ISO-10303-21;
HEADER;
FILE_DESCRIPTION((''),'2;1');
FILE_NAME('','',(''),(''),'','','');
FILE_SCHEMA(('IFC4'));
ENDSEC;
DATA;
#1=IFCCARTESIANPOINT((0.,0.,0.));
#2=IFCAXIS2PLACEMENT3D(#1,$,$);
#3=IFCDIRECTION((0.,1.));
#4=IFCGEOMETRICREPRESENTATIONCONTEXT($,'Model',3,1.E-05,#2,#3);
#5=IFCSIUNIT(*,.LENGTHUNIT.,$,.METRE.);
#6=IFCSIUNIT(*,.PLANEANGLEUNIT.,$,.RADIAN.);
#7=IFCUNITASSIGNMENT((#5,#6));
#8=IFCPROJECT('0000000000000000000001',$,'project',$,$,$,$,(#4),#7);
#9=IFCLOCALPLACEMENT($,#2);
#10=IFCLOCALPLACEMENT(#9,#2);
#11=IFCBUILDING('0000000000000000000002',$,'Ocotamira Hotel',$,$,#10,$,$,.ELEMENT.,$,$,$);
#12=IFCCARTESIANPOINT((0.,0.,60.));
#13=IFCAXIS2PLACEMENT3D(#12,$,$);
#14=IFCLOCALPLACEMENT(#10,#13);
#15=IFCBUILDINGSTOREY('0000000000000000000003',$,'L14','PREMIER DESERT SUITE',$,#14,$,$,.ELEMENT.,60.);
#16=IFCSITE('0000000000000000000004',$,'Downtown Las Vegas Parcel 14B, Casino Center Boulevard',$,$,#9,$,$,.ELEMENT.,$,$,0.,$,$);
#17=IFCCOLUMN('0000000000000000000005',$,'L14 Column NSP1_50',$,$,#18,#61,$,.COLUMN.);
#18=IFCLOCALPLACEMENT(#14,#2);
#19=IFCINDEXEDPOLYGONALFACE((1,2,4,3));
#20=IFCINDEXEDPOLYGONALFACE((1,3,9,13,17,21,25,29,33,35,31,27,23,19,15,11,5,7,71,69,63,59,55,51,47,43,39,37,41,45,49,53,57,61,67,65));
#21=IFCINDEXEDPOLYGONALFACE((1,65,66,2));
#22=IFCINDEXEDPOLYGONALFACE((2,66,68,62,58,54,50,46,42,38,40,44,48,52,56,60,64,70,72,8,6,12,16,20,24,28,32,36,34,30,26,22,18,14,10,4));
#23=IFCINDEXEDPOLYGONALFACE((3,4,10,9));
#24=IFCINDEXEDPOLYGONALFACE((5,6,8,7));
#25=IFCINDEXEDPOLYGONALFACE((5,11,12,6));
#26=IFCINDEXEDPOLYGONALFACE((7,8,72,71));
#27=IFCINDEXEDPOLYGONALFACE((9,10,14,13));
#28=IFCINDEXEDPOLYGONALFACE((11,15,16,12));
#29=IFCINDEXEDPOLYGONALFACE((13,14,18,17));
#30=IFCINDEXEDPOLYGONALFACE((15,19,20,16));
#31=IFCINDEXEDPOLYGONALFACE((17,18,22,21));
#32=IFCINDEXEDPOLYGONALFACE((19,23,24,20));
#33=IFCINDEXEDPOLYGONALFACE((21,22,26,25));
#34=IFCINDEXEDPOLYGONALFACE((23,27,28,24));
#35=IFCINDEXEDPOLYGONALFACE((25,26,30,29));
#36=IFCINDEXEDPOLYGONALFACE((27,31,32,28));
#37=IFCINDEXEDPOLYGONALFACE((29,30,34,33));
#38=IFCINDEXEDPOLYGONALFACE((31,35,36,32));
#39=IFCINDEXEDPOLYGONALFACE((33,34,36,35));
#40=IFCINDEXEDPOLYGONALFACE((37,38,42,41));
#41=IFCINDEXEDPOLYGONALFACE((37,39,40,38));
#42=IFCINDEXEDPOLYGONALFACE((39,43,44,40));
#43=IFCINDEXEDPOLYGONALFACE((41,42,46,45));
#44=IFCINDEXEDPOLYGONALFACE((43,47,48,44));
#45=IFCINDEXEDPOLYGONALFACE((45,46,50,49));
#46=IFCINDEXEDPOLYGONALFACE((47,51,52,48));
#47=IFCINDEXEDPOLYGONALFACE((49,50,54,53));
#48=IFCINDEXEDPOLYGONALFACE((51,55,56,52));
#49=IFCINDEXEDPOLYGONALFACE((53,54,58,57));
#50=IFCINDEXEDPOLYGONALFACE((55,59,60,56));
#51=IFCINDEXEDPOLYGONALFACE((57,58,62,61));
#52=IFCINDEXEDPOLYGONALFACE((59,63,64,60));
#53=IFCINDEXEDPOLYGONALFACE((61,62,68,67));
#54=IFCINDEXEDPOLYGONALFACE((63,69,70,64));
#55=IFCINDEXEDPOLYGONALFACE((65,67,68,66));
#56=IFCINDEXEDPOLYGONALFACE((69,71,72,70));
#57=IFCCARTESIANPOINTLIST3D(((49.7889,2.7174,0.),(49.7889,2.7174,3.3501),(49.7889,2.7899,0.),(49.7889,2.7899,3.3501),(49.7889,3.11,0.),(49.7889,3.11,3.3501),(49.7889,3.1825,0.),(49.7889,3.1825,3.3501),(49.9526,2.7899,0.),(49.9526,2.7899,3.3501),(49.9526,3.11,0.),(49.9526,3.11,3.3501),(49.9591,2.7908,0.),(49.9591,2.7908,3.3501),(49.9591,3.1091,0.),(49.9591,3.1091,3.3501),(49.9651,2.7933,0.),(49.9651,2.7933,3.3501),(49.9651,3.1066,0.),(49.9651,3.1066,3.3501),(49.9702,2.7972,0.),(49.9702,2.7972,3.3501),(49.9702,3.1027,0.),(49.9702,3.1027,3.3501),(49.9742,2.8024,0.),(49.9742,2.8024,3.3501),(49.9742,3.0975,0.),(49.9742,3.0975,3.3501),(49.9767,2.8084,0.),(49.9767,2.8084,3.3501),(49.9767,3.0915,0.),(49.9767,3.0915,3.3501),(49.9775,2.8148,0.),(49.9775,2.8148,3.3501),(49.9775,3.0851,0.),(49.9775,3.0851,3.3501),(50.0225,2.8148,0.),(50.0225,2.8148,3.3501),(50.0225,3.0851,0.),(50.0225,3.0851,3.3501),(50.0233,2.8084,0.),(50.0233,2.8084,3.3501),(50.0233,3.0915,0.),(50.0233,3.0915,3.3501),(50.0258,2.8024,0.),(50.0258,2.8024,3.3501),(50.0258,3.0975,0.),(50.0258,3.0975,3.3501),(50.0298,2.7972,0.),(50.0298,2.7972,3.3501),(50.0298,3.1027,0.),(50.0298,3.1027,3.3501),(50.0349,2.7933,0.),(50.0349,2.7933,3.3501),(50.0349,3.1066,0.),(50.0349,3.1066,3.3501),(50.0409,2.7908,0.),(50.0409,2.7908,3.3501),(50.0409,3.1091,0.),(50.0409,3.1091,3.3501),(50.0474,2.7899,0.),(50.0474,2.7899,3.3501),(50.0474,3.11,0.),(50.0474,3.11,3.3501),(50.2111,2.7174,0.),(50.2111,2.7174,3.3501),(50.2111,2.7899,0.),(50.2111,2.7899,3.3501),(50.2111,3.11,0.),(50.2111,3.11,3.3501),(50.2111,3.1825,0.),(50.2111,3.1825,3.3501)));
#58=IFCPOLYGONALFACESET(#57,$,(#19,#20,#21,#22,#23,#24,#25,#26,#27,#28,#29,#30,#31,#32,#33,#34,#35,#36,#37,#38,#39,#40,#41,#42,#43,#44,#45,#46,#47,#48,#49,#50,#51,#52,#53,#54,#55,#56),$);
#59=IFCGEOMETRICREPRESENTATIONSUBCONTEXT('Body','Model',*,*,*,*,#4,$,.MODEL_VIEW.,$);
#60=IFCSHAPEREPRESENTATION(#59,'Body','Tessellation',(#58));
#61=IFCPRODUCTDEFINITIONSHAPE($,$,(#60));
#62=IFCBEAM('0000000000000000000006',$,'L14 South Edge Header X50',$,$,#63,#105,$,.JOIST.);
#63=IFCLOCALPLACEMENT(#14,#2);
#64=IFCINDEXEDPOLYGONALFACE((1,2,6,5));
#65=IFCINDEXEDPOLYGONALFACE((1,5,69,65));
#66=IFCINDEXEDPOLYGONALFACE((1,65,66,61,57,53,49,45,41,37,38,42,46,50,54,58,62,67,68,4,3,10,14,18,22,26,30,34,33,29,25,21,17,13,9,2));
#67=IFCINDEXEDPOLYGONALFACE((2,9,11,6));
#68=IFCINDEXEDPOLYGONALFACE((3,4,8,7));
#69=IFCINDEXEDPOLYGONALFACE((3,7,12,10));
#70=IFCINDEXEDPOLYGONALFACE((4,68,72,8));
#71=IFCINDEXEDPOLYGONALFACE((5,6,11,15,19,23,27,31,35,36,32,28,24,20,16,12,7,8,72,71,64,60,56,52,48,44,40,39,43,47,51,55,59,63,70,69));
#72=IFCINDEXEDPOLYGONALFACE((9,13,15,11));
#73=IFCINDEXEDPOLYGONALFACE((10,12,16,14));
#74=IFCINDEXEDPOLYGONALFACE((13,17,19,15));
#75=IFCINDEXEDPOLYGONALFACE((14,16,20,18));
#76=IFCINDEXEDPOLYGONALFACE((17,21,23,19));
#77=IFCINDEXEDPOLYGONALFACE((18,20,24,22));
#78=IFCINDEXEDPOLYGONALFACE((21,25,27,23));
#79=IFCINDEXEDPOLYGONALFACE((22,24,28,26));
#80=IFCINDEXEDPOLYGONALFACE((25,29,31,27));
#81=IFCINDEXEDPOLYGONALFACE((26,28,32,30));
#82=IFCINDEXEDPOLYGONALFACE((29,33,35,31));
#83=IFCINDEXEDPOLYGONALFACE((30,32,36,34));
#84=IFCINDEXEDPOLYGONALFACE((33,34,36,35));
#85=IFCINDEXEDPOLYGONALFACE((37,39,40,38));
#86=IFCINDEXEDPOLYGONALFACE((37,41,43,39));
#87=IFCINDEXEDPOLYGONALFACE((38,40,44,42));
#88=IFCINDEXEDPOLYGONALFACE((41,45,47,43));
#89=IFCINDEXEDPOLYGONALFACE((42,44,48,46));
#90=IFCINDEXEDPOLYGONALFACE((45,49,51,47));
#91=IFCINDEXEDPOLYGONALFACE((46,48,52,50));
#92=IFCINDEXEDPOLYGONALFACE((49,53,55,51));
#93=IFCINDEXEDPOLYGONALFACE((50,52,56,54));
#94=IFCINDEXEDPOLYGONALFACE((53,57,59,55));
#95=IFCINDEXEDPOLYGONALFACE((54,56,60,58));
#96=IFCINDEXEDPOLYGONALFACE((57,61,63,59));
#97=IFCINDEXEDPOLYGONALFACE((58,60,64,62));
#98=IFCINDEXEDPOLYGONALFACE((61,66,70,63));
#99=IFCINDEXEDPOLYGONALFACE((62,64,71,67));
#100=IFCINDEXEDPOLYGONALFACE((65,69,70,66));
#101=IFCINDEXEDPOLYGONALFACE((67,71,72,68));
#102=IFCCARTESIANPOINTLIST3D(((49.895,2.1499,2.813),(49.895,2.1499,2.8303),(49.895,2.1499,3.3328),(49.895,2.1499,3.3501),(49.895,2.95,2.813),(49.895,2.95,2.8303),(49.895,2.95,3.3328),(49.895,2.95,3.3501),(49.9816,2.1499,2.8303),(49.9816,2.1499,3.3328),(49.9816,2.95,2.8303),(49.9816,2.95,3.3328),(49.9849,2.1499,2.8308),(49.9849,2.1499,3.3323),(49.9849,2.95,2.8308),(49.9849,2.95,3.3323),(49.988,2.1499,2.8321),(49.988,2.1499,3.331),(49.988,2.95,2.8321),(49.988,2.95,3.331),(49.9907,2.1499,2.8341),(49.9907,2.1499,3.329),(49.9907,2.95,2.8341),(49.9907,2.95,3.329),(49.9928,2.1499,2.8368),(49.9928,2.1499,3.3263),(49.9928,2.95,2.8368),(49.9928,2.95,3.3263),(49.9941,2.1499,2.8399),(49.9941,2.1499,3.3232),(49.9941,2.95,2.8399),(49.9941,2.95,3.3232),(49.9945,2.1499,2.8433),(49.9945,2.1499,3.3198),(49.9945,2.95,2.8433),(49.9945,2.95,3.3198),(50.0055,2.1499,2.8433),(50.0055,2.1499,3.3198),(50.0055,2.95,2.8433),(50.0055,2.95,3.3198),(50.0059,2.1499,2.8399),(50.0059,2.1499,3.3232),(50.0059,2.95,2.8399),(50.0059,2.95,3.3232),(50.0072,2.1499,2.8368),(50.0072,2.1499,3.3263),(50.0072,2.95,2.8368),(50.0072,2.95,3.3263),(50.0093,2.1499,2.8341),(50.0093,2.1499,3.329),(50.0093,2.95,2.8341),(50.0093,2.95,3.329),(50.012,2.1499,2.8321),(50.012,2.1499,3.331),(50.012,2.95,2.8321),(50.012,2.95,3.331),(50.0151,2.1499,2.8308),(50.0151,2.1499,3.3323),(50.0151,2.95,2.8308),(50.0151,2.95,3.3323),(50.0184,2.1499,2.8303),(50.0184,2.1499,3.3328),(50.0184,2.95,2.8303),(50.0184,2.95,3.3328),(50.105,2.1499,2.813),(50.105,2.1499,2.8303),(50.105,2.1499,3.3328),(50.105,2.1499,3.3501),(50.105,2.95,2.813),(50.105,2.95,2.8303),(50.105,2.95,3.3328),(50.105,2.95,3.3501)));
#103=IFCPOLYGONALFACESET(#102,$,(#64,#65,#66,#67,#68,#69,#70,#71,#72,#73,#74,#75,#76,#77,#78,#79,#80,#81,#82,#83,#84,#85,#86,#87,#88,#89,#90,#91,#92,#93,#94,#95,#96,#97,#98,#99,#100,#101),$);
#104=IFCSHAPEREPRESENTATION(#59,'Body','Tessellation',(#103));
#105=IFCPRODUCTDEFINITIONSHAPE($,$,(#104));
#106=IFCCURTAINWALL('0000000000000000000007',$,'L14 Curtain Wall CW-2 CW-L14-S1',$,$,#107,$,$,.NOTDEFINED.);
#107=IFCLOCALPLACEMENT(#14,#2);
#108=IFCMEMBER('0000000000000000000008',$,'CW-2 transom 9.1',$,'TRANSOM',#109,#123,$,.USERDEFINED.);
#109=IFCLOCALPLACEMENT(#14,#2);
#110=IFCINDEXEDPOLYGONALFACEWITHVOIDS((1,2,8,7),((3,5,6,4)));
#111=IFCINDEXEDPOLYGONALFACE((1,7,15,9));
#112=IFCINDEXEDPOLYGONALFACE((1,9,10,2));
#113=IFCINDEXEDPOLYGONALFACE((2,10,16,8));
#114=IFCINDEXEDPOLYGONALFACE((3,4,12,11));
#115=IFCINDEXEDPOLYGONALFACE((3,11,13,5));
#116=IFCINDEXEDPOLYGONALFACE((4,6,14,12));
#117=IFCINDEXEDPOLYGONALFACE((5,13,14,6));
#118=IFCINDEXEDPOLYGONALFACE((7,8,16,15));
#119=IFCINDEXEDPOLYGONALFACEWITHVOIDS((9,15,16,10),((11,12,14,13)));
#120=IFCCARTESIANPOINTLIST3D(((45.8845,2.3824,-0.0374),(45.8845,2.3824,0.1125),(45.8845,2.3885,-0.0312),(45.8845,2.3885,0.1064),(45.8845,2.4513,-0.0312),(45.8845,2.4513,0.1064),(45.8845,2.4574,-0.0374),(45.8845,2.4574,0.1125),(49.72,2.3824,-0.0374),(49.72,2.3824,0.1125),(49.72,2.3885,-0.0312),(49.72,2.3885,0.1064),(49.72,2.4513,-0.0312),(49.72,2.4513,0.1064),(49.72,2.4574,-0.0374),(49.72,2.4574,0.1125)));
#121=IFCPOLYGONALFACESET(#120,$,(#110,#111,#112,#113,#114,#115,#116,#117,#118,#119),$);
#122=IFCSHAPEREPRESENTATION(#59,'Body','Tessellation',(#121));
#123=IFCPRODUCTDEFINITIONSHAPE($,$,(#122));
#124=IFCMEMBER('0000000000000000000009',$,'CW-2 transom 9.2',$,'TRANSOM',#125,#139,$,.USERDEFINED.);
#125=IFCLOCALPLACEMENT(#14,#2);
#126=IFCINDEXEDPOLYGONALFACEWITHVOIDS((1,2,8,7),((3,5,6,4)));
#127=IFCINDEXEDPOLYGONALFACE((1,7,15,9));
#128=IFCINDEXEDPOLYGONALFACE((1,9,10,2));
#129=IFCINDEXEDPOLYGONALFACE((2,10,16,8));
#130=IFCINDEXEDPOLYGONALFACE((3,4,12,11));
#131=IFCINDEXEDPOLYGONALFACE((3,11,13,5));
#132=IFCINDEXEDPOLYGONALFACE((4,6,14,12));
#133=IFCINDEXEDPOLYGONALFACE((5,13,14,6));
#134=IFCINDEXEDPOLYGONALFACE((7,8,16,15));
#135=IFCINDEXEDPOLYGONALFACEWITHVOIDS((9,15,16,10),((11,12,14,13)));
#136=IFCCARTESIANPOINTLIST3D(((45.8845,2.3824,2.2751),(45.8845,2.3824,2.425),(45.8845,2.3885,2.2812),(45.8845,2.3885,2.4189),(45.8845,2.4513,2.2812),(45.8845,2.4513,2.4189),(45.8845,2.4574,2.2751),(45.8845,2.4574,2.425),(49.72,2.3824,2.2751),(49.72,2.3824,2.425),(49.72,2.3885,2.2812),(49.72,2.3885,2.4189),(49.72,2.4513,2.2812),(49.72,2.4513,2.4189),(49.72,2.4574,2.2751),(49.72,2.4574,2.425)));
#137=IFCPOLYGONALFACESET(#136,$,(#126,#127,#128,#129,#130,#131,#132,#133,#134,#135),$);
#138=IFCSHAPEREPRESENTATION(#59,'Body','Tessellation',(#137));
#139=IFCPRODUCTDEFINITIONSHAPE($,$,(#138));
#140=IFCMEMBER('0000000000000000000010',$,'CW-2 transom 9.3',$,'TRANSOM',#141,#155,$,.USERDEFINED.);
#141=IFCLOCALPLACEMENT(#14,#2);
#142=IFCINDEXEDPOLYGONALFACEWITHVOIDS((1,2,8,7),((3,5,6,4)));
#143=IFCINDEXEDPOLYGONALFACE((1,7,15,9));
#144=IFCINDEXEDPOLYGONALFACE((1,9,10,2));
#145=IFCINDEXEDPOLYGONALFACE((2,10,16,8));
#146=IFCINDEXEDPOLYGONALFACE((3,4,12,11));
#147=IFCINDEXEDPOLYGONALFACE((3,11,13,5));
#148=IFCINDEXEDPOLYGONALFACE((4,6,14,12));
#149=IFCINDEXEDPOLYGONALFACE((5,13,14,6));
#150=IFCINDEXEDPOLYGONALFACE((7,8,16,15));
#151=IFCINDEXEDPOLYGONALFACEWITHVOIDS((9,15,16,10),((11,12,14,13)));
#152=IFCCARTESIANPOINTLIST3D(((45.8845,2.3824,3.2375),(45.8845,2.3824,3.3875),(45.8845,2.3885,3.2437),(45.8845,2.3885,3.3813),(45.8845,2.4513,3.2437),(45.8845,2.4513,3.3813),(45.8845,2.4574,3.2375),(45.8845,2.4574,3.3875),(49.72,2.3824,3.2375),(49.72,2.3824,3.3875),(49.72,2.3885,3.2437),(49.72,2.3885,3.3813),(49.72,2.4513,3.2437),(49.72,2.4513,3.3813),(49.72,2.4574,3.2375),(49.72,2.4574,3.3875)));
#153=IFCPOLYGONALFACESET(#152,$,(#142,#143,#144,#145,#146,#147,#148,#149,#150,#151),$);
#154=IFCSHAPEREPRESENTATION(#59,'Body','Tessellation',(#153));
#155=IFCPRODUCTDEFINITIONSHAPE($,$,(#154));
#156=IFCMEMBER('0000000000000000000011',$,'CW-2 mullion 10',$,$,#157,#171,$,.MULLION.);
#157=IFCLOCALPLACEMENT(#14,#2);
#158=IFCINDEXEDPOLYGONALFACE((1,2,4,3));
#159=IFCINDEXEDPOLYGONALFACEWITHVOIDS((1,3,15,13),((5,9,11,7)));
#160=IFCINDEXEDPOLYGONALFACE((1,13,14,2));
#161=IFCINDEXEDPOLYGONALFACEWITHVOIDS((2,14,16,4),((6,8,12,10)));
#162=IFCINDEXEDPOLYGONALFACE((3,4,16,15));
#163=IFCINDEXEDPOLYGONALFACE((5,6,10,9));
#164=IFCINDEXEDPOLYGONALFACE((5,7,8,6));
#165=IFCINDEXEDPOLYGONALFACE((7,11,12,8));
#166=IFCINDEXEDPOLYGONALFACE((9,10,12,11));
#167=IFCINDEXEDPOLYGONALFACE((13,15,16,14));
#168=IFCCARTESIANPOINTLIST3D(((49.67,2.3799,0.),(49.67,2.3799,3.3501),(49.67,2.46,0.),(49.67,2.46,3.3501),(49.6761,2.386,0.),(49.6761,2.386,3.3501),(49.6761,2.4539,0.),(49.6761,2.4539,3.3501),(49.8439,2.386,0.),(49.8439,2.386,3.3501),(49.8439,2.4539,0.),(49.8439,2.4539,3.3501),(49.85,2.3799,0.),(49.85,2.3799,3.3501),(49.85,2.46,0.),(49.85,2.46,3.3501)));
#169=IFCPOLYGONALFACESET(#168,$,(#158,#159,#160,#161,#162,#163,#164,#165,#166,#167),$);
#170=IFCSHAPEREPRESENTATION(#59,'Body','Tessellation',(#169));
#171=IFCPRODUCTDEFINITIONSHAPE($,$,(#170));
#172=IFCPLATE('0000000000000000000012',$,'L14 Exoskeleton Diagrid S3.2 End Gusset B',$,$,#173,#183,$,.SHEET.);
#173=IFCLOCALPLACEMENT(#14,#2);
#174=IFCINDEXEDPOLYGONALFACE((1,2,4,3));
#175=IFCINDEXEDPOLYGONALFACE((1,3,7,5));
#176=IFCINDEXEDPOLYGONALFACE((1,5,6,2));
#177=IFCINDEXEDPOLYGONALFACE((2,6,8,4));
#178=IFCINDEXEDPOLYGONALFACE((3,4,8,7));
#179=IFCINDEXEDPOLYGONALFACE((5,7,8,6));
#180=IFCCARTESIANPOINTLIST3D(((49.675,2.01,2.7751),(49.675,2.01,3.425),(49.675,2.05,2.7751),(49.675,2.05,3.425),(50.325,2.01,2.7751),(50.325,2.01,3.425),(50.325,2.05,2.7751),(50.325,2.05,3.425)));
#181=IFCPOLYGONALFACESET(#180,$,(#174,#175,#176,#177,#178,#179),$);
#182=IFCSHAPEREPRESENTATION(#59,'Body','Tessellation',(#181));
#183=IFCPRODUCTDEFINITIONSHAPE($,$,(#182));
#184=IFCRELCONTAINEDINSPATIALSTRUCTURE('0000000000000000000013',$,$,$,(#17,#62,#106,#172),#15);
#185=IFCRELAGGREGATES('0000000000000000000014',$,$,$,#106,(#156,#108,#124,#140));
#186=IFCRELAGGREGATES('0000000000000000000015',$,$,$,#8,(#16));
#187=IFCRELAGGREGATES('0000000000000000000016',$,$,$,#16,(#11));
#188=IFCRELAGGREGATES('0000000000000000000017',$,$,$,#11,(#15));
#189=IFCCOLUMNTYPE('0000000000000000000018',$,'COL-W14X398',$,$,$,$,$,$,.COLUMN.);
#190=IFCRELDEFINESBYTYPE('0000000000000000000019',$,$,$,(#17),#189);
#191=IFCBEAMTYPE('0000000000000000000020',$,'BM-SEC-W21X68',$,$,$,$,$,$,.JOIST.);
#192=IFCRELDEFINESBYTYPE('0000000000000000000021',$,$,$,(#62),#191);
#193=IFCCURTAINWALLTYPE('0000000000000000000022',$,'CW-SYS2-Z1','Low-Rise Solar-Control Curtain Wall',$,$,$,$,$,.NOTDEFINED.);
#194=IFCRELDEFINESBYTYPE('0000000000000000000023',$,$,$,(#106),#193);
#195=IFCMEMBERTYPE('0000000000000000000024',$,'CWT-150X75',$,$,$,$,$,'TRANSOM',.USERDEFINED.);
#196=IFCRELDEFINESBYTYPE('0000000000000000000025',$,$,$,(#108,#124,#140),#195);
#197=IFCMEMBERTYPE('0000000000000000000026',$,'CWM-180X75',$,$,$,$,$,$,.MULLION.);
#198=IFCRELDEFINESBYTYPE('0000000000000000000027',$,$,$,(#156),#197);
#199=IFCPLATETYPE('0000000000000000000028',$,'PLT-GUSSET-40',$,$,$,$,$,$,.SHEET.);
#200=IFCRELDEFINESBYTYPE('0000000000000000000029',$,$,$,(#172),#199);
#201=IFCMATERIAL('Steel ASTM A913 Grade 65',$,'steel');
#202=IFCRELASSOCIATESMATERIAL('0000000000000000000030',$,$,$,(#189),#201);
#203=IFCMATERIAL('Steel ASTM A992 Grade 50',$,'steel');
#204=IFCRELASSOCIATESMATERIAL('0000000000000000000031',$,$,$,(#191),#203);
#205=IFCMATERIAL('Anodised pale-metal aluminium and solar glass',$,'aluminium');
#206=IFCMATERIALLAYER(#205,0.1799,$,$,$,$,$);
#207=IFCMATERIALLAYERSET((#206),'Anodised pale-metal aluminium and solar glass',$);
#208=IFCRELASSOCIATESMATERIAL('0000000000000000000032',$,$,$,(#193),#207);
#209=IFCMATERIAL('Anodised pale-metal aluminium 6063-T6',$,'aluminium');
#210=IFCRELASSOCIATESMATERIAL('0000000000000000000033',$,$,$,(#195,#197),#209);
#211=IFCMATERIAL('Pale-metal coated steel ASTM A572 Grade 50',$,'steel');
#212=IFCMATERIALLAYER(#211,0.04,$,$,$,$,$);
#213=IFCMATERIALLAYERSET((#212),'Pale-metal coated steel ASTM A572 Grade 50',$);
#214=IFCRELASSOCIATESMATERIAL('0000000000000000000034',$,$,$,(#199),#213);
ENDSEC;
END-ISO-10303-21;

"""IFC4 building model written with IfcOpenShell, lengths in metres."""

from ifc_helpers import new_model, si_unit, direction, frame, origin, origin_2d, place, context, subcontext, project, spatial, rectangle, hollow_rectangle, i_section, extrude, source, transform, mapped, material, layer, layer_set, material_profile, profile_set, type_object, element, aggregate, save


model = new_model("IFC4")

# Units and contexts
model_context = context("Model", 3, precision=1e-05, world=origin(), true_north=direction((0.0, 1.0)))
body_context = subcontext(model_context, "Body", "Model", "MODEL_VIEW")
ifc_project = project(units=[si_unit("LENGTHUNIT", "METRE"), si_unit("PLANEANGLEUNIT", "RADIAN")], contexts=[model_context])

# Site, building, storey
site_placement = place(None, origin())
site = spatial("IfcSite", under=ifc_project, at=site_placement, Name="Downtown Las Vegas Parcel 14B, Casino Center Boulevard", CompositionType="ELEMENT", RefElevation=0.0)
building_placement = place(site_placement, origin())
building = spatial("IfcBuilding", under=site, at=building_placement, Name="Ocotamira Hotel", CompositionType="ELEMENT")
storey_placement = place(building_placement, frame((0.0, 0.0, 60.0)))
storey = spatial("IfcBuildingStorey", under=building, at=storey_placement, Name="L14", Description="PREMIER DESERT SUITE", CompositionType="ELEMENT", Elevation=60.0)

# Column
ifc_material_1 = material(Name="Steel ASTM A913 Grade 65", Category="steel")
ifc_material_profile_1 = material_profile(ifc_material_1, i_section(OverallWidth=0.4221, OverallDepth=0.4651, WebThickness=0.0449, FlangeThickness=0.0725, FilletRadius=0.0249, at=origin_2d()), Name="W14X398")
ifc_profile_set_1 = profile_set([ifc_material_profile_1], Name="Steel ASTM A913 Grade 65")
column_type = type_object("IfcColumnType", Name="COL-W14X398", PredefinedType="COLUMN", material=ifc_profile_set_1)
shared_shape_1 = source(origin(), body_context, "Body", "SweptSolid", [
    extrude(i_section(OverallWidth=0.4221, OverallDepth=0.4651, WebThickness=0.0449, FlangeThickness=0.0725, FilletRadius=0.0249, at=origin_2d()), origin(), (0.0, 0.0, 1.0), 3.3501),
])
column_placement = place(storey_placement, frame((50.0, 2.95, 0.0), z_axis=(0.0, 0.0, 1.0), x_axis=(1.0, 0.0, 0.0)))
element("IfcColumn", 1, at=column_placement, inside=storey, type_object=column_type, Name="L14 Column NSP1_50", PredefinedType="COLUMN", context=body_context, shape_type="MappedRepresentation", body=[
    mapped(shared_shape_1, transform((0.0, 0.0, 0.0), scale=1.0)),
])

# Beam
ifc_material_2 = material(Name="Steel ASTM A992 Grade 50", Category="steel")
ifc_material_profile_2 = material_profile(ifc_material_2, i_section(OverallWidth=0.21, OverallDepth=0.5371, WebThickness=0.011, FlangeThickness=0.0173, FilletRadius=0.0129, at=origin_2d()), Name="W21X68")
ifc_profile_set_2 = profile_set([ifc_material_profile_2], Name="Steel ASTM A992 Grade 50")
beam_type = type_object("IfcBeamType", Name="BM-SEC-W21X68", PredefinedType="JOIST", material=ifc_profile_set_2)
shared_shape_2 = source(origin(), body_context, "Body", "SweptSolid", [
    extrude(i_section(OverallWidth=0.21, OverallDepth=0.5371, WebThickness=0.011, FlangeThickness=0.0173, FilletRadius=0.0129, at=origin_2d()), origin(), (0.0, 0.0, 1.0), 0.8),
])
beam_placement = place(storey_placement, frame((50.0, 2.95, 3.0815), z_axis=(0.0, -1.0, 0.0), x_axis=(1.0, 0.0, 0.0)))
element("IfcBeam", 2, at=beam_placement, inside=storey, type_object=beam_type, Name="L14 South Edge Header X50", PredefinedType="JOIST", context=body_context, shape_type="MappedRepresentation", body=[
    mapped(shared_shape_2, transform((0.0, 0.0, 0.0), scale=1.0)),
])

# Curtain wall, members
ifc_material_3 = material(Name="Anodised pale-metal aluminium and solar glass", Category="aluminium")
ifc_layer_1 = layer(ifc_material_3, 0.1799)
ifc_layer_set_1 = layer_set([ifc_layer_1], Name="Anodised pale-metal aluminium and solar glass")
curtain_wall_type = type_object("IfcCurtainWallType", Name="CW-SYS2-Z1", Description="Low-Rise Solar-Control Curtain Wall", PredefinedType="NOTDEFINED", material=ifc_layer_set_1)
curtain_wall_placement = place(storey_placement, origin())
curtain_wall = element("IfcCurtainWall", 3, at=curtain_wall_placement, inside=storey, type_object=curtain_wall_type, Name="L14 Curtain Wall CW-2 CW-L14-S1", PredefinedType="NOTDEFINED")
ifc_material_4 = material(Name="Anodised pale-metal aluminium 6063-T6", Category="aluminium")
ifc_material_profile_3 = material_profile(ifc_material_4, hollow_rectangle(XDim=0.075, YDim=0.1499, WallThickness=0.0061, at=origin_2d()), Name="HSS150X75X6")
ifc_profile_set_3 = profile_set([ifc_material_profile_3], Name="Anodised pale-metal aluminium 6063-T6")
member_type_1 = type_object("IfcMemberType", Name="CWT-150X75", ElementType="TRANSOM", PredefinedType="USERDEFINED", material=ifc_profile_set_3)
shared_shape_3 = source(origin(), body_context, "Body", "SweptSolid", [
    extrude(hollow_rectangle(XDim=0.075, YDim=0.1499, WallThickness=0.0061, at=origin_2d()), origin(), (0.0, 0.0, 1.0), 3.8354),
])
member_1_placement = place(storey_placement, frame((45.8845, 2.4199, 0.0376), z_axis=(1.0, 0.0, 0.0), x_axis=(0.0, 1.0, 0.0)))
member_1 = element("IfcMember", 4, at=member_1_placement, type_object=member_type_1, Name="CW-2 transom 9.1", ObjectType="TRANSOM", PredefinedType="USERDEFINED", context=body_context, shape_type="MappedRepresentation", body=[
    mapped(shared_shape_3, transform((0.0, 0.0, 0.0), scale=1.0)),
])
member_2_placement = place(storey_placement, frame((45.8845, 2.4199, 2.3501), z_axis=(1.0, 0.0, 0.0), x_axis=(0.0, 1.0, 0.0)))
member_2 = element("IfcMember", 5, at=member_2_placement, type_object=member_type_1, Name="CW-2 transom 9.2", ObjectType="TRANSOM", PredefinedType="USERDEFINED", context=body_context, shape_type="MappedRepresentation", body=[
    mapped(shared_shape_3, transform((0.0, 0.0, 0.0), scale=1.0)),
])
member_3_placement = place(storey_placement, frame((45.8845, 2.4199, 3.3125), z_axis=(1.0, 0.0, 0.0), x_axis=(0.0, 1.0, 0.0)))
member_3 = element("IfcMember", 6, at=member_3_placement, type_object=member_type_1, Name="CW-2 transom 9.3", ObjectType="TRANSOM", PredefinedType="USERDEFINED", context=body_context, shape_type="MappedRepresentation", body=[
    mapped(shared_shape_3, transform((0.0, 0.0, 0.0), scale=1.0)),
])
ifc_material_profile_4 = material_profile(ifc_material_4, hollow_rectangle(XDim=0.0801, YDim=0.1799, WallThickness=0.0061, at=origin_2d()), Name="HSS180X80X6")
ifc_profile_set_4 = profile_set([ifc_material_profile_4], Name="Anodised pale-metal aluminium 6063-T6")
member_type_2 = type_object("IfcMemberType", Name="CWM-180X75", PredefinedType="MULLION", material=ifc_profile_set_4)
shared_shape_4 = source(origin(), body_context, "Body", "SweptSolid", [
    extrude(hollow_rectangle(XDim=0.0801, YDim=0.1799, WallThickness=0.0061, at=origin_2d()), origin(), (0.0, 0.0, 1.0), 3.3501),
])
member_4_placement = place(storey_placement, frame((49.76, 2.4199, 0.0), z_axis=(0.0, 0.0, 1.0), x_axis=(0.0, 1.0, 0.0)))
member_4 = element("IfcMember", 7, at=member_4_placement, type_object=member_type_2, Name="CW-2 mullion 10", PredefinedType="MULLION", context=body_context, shape_type="MappedRepresentation", body=[
    mapped(shared_shape_4, transform((0.0, 0.0, 0.0), scale=1.0)),
])

# Plate
ifc_material_5 = material(Name="Pale-metal coated steel ASTM A572 Grade 50", Category="steel")
ifc_layer_2 = layer(ifc_material_5, 0.04)
ifc_layer_set_2 = layer_set([ifc_layer_2], Name="Pale-metal coated steel ASTM A572 Grade 50")
plate_type_1 = type_object("IfcPlateType", Name="PLT-GUSSET-40", PredefinedType="SHEET", material=ifc_layer_set_2)
shared_shape_5 = source(origin(), body_context, "Body", "SweptSolid", [
    extrude(rectangle(XDim=0.6499, YDim=0.04, at=origin_2d()), origin(), (0.0, 0.0, 1.0), 0.6499),
])
plate_1_placement = place(storey_placement, frame((50.0, 2.03, 2.7751), z_axis=(0.0, 0.0, 1.0), x_axis=(1.0, 0.0, 0.0)))
element("IfcPlate", 8, at=plate_1_placement, inside=storey, type_object=plate_type_1, Name="L14 Exoskeleton Diagrid S3.2 End Gusset B", PredefinedType="SHEET", context=body_context, shape_type="MappedRepresentation", body=[
    mapped(shared_shape_5, transform((0.0, 0.0, 0.0), scale=1.0)),
])
aggregate(curtain_wall, [member_4, member_1, member_2, member_3])

save(model, "model.ifc")
